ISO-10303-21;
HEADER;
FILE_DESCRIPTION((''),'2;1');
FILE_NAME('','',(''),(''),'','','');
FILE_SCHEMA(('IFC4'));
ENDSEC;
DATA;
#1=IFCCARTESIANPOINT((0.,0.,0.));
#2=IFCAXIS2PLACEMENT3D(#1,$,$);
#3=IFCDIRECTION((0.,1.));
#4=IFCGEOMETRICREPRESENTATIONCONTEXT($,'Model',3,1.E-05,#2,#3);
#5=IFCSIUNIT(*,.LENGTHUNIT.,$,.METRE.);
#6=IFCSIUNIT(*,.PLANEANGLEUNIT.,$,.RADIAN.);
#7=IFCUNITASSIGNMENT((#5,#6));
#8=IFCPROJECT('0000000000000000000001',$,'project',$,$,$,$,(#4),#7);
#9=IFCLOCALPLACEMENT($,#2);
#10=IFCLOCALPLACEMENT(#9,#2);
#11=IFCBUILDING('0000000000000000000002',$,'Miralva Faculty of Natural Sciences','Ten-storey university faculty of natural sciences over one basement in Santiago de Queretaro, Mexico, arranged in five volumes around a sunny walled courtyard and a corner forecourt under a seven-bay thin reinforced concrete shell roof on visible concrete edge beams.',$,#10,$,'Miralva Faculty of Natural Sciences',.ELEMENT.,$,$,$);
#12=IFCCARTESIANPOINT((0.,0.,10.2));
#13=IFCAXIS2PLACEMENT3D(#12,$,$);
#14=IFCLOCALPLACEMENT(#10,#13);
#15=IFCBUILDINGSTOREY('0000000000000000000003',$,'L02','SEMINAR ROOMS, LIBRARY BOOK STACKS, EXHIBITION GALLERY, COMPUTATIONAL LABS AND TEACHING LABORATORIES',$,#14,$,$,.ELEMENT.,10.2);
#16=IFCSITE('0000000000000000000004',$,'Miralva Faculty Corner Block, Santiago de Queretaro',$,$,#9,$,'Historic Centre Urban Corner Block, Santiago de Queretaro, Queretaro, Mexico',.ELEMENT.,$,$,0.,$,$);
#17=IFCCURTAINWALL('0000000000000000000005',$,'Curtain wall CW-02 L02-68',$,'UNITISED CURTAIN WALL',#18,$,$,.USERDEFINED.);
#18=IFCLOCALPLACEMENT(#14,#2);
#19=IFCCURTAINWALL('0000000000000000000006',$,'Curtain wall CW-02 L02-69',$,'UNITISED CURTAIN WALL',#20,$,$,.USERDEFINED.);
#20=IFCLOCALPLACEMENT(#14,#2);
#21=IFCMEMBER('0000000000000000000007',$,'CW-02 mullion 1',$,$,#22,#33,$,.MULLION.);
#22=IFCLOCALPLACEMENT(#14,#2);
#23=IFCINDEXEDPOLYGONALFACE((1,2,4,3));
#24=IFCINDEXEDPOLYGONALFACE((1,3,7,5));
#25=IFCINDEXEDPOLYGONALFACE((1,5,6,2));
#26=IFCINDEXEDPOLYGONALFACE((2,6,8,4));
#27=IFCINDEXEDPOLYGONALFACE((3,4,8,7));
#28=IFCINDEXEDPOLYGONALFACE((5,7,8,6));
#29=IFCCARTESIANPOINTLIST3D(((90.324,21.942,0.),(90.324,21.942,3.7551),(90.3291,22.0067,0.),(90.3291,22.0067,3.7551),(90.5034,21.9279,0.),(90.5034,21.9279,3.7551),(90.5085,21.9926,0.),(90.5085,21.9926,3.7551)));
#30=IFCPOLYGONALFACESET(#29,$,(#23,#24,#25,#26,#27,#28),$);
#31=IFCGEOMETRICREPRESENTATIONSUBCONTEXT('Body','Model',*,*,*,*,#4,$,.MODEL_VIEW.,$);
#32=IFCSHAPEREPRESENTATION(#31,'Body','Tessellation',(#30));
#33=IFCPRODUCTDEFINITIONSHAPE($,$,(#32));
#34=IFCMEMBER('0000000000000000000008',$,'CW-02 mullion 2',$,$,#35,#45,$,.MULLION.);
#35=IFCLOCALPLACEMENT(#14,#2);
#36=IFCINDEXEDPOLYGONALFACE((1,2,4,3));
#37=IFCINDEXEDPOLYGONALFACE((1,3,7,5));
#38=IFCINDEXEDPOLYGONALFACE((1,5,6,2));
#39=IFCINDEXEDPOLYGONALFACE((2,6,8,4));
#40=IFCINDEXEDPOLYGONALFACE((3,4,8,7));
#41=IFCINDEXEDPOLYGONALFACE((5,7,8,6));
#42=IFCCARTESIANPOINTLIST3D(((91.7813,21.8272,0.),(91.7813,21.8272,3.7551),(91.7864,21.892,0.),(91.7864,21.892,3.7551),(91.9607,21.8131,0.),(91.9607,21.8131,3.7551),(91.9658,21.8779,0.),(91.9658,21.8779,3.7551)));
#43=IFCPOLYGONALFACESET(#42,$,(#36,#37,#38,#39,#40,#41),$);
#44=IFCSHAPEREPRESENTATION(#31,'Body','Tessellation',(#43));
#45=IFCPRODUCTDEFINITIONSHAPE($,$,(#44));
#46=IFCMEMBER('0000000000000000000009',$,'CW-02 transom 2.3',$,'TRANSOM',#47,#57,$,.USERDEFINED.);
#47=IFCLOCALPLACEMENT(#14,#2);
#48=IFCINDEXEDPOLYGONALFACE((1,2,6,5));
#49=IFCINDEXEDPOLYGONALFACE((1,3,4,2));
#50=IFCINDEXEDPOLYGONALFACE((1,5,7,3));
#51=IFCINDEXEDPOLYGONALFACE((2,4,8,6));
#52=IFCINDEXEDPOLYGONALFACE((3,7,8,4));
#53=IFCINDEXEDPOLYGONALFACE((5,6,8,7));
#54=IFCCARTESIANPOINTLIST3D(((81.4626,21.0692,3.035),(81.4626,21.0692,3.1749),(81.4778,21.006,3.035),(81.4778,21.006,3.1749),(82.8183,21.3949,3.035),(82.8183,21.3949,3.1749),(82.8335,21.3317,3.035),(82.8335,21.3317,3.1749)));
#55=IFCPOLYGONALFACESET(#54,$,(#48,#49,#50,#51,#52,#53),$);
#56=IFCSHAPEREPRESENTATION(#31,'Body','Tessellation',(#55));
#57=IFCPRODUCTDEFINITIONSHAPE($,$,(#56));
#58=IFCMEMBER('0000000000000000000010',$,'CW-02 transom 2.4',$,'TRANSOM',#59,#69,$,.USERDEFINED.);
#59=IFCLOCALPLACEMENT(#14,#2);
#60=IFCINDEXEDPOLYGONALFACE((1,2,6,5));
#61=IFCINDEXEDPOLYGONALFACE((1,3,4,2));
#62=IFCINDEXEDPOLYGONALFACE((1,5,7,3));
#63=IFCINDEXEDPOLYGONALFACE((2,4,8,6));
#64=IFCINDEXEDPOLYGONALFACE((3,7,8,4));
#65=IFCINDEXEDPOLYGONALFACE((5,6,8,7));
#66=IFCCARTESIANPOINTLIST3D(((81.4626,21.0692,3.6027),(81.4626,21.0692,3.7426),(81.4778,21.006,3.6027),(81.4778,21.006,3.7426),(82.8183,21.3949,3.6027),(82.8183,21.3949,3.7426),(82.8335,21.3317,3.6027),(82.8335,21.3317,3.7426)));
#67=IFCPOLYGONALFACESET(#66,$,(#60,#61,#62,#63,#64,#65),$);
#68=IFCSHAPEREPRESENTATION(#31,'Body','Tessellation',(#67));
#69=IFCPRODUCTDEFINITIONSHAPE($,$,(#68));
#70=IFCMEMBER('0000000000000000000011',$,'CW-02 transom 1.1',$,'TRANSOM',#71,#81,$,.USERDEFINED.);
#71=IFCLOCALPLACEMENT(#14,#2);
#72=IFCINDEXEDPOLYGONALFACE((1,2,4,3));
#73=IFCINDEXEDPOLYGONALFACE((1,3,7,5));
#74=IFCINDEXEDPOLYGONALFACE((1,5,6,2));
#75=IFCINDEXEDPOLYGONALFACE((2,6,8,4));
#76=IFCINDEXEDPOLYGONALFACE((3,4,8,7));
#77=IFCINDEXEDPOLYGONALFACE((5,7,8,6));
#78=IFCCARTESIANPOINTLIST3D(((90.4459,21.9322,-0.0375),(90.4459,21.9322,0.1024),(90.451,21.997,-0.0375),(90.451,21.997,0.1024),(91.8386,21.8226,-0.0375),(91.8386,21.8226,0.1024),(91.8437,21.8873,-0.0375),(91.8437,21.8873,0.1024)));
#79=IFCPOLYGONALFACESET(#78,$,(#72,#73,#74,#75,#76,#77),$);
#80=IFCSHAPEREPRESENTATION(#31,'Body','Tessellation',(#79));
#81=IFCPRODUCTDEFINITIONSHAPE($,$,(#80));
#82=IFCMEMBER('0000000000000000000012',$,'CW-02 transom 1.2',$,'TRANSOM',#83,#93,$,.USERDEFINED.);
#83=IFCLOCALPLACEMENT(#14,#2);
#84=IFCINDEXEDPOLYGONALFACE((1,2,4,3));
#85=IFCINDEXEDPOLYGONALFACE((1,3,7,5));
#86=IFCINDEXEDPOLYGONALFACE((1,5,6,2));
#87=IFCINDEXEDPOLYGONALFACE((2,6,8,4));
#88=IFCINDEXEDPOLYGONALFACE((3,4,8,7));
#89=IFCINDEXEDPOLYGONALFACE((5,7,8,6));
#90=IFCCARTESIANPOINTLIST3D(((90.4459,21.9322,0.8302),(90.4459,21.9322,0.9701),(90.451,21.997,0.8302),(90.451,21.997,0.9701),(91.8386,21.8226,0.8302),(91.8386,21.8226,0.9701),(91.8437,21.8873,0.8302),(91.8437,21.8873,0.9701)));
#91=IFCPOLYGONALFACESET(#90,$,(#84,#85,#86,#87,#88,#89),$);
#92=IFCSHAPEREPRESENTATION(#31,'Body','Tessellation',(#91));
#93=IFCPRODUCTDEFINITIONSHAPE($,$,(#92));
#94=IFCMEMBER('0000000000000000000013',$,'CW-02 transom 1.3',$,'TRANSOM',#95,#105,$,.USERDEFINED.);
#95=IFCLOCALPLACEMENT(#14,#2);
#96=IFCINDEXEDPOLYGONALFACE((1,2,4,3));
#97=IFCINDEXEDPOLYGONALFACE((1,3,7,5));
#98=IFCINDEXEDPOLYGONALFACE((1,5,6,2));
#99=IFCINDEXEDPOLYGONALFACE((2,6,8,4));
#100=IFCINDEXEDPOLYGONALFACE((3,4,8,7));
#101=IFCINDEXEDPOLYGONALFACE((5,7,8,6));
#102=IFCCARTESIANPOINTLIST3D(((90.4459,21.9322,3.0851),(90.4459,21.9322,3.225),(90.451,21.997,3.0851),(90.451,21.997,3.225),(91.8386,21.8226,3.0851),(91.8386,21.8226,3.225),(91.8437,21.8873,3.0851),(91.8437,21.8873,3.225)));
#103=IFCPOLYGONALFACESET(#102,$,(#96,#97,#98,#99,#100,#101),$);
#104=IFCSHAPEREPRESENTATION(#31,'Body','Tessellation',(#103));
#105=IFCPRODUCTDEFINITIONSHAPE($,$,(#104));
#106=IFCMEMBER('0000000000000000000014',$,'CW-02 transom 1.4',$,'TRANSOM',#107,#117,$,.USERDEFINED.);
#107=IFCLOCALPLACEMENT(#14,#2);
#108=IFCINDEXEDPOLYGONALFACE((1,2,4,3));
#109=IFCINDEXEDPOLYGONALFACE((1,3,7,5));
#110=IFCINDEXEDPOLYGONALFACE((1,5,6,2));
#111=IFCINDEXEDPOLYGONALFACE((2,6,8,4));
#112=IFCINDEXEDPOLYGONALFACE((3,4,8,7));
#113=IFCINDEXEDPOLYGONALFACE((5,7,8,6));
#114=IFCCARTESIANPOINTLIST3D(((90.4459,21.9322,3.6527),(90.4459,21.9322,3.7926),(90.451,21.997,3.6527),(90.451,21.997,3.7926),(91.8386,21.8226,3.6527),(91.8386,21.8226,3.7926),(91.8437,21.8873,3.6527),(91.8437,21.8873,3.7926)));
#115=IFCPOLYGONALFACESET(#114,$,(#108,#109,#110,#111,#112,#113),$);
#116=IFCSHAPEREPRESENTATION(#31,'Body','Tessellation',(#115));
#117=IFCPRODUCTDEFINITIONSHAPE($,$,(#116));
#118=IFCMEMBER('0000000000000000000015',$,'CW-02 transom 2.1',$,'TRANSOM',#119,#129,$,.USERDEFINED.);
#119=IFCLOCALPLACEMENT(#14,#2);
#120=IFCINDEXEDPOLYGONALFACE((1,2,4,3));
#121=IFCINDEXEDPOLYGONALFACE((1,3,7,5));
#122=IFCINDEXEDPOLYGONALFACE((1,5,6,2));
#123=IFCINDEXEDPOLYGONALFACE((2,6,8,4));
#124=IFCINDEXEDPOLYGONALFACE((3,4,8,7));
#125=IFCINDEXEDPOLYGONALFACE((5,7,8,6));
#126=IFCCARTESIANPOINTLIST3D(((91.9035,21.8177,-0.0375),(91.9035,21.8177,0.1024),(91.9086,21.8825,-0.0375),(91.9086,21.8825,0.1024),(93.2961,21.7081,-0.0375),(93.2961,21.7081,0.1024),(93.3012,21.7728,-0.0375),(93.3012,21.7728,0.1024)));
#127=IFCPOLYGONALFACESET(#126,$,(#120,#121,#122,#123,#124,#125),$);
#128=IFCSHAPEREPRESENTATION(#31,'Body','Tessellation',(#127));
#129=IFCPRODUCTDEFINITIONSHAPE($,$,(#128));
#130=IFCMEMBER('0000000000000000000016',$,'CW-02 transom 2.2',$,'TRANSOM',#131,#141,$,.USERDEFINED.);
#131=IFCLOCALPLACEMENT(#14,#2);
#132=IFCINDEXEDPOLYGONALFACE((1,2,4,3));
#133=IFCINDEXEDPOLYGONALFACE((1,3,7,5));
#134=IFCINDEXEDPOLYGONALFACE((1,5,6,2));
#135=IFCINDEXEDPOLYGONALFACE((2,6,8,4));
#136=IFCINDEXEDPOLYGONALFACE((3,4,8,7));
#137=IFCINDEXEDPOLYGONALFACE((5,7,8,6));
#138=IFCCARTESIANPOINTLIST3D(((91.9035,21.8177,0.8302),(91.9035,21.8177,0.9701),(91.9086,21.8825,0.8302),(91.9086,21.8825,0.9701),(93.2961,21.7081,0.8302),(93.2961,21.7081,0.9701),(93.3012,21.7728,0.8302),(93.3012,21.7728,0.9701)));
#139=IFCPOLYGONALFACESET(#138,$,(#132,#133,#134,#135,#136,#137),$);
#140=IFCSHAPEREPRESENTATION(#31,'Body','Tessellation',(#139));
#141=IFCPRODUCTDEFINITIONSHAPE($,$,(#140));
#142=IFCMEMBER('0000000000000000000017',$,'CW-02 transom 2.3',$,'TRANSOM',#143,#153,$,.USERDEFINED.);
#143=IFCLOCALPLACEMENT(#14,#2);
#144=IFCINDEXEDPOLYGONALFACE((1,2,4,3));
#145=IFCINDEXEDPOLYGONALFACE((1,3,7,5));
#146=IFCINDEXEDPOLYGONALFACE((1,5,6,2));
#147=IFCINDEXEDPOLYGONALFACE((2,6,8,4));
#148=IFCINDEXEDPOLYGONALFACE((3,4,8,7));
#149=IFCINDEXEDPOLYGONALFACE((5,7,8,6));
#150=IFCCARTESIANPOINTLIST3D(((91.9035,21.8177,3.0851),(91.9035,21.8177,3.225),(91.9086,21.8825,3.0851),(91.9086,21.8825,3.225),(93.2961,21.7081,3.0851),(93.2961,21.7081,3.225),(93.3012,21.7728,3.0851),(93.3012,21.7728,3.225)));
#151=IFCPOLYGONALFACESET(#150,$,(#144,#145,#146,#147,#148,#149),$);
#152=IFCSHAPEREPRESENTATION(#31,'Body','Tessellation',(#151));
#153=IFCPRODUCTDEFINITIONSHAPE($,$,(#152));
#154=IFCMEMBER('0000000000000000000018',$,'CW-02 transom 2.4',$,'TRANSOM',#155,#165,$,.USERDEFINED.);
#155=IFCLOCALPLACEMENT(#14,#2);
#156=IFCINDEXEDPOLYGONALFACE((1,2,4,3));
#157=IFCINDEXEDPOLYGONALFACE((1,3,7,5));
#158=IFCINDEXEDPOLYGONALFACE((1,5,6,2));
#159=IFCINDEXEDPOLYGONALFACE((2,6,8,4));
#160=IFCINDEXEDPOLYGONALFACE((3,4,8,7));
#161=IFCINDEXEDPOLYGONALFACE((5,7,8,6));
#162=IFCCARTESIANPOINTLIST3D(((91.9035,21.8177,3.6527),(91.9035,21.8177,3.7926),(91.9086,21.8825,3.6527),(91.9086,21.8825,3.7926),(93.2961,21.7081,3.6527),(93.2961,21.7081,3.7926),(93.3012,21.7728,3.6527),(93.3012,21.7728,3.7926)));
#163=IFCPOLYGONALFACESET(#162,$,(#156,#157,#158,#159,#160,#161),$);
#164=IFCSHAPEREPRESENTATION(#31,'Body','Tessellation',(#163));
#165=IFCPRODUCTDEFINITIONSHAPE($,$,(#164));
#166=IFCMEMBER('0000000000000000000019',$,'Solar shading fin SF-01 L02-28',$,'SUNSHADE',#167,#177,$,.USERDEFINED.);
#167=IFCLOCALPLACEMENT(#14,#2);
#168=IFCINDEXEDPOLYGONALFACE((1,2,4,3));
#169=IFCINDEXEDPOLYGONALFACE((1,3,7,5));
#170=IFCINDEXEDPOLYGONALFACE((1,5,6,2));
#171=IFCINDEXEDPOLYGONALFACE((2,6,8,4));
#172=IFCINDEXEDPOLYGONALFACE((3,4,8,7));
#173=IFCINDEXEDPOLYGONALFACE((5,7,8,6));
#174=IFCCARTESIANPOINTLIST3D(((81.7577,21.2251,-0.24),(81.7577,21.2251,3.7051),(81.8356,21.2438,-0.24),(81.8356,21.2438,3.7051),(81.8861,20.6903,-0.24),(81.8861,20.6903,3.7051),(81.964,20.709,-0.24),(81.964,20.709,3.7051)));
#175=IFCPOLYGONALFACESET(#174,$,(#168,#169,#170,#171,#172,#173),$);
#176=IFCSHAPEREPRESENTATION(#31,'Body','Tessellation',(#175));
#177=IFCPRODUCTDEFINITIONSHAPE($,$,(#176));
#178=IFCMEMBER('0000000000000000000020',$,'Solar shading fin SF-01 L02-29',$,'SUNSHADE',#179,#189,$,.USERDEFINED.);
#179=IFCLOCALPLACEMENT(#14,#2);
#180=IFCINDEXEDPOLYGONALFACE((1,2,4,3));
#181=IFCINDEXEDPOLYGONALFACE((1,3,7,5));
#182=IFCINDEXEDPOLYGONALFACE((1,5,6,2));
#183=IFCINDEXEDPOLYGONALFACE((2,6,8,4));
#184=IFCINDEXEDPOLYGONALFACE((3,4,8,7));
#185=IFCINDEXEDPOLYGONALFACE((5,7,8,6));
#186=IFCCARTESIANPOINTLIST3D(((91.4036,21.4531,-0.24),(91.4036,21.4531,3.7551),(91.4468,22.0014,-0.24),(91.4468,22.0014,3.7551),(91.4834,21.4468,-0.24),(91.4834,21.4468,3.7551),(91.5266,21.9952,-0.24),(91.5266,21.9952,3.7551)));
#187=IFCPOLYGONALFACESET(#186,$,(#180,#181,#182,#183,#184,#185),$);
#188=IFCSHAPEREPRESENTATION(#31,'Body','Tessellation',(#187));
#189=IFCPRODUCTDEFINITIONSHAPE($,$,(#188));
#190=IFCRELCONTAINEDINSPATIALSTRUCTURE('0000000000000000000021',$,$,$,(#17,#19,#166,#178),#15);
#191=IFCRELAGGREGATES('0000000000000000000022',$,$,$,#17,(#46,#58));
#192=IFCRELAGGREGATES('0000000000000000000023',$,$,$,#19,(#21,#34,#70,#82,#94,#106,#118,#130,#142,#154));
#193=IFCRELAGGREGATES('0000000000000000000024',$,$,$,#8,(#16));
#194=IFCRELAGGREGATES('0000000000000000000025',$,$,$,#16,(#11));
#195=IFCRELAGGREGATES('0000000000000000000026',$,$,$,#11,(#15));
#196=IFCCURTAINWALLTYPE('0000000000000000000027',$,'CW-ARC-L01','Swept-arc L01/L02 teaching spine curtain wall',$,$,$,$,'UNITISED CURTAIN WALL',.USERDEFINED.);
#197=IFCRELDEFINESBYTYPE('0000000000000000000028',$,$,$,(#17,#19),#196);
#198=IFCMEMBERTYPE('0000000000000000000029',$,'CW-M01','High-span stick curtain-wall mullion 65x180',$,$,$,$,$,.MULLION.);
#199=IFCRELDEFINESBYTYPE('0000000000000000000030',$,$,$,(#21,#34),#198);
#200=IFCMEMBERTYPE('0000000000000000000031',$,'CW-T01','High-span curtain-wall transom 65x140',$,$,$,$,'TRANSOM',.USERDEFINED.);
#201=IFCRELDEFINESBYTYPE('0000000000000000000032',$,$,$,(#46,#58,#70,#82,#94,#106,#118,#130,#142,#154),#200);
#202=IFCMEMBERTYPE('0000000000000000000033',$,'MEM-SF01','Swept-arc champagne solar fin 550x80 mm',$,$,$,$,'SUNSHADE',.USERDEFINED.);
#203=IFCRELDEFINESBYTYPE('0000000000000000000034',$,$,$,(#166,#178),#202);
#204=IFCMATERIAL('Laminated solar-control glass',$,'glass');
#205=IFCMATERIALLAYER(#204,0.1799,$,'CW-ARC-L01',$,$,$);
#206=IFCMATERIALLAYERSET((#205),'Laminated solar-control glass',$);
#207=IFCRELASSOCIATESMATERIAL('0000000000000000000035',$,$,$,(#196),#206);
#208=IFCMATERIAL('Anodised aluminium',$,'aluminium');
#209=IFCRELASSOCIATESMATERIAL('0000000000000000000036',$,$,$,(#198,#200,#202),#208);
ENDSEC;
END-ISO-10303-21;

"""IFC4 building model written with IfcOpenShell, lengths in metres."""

from ifc_helpers import new_model, si_unit, direction, frame, origin, origin_2d, place, context, subcontext, project, spatial, rectangle, extrude, material, layer, layer_set, material_profile, profile_set, type_object, element, aggregate, save


model = new_model("IFC4")

# Units and contexts
model_context = context("Model", 3, precision=1e-05, world=origin(), true_north=direction((0.0, 1.0)))
body_context = subcontext(model_context, "Body", "Model", "MODEL_VIEW")
ifc_project = project(units=[si_unit("LENGTHUNIT", "METRE"), si_unit("PLANEANGLEUNIT", "RADIAN")], contexts=[model_context])

# Site, building, storey
site_placement = place(None, origin())
site = spatial("IfcSite", under=ifc_project, at=site_placement, Name="Miralva Faculty Corner Block, Santiago de Queretaro", LongName="Historic Centre Urban Corner Block, Santiago de Queretaro, Queretaro, Mexico", CompositionType="ELEMENT", RefElevation=0.0)
building_placement = place(site_placement, origin())
building = spatial("IfcBuilding", under=site, at=building_placement, Name="Miralva Faculty of Natural Sciences", Description="Ten-storey university faculty of natural sciences over one basement in Santiago de Queretaro, Mexico, arranged in five volumes around a sunny walled courtyard and a corner forecourt under a seven-bay thin reinforced concrete shell roof on visible concrete edge beams.", LongName="Miralva Faculty of Natural Sciences", CompositionType="ELEMENT")
storey_placement = place(building_placement, frame((0.0, 0.0, 10.2)))
storey = spatial("IfcBuildingStorey", under=building, at=storey_placement, Name="L02", Description="SEMINAR ROOMS, LIBRARY BOOK STACKS, EXHIBITION GALLERY, COMPUTATIONAL LABS AND TEACHING LABORATORIES", CompositionType="ELEMENT", Elevation=10.2)

# Curtain wall
ifc_material_1 = material(Name="Laminated solar-control glass", Category="glass")
ifc_layer_1 = layer(ifc_material_1, 0.1799, Name="CW-ARC-L01")
ifc_layer_set_1 = layer_set([ifc_layer_1], Name="Laminated solar-control glass")
curtain_wall_type = type_object("IfcCurtainWallType", Name="CW-ARC-L01", Description="Swept-arc L01/L02 teaching spine curtain wall", ElementType="UNITISED CURTAIN WALL", PredefinedType="USERDEFINED", material=ifc_layer_set_1)
curtain_wall_1_placement = place(storey_placement, origin())
curtain_wall_1 = element("IfcCurtainWall", 1, at=curtain_wall_1_placement, inside=storey, type_object=curtain_wall_type, Name="Curtain wall CW-02 L02-68", ObjectType="UNITISED CURTAIN WALL", PredefinedType="USERDEFINED")
ifc_material_2 = material(Name="Anodised aluminium", Category="aluminium")
ifc_material_profile_1 = material_profile(ifc_material_2, rectangle(XDim=0.0649, YDim=0.1799, at=origin_2d()), Name="MULLION 65x180")
ifc_profile_set_1 = profile_set([ifc_material_profile_1], Name="Anodised aluminium")
member_type_1 = type_object("IfcMemberType", Name="CW-M01", Description="High-span stick curtain-wall mullion 65x180", PredefinedType="MULLION", material=ifc_profile_set_1)

# Curtain wall, members
curtain_wall_2_placement = place(storey_placement, origin())
curtain_wall_2 = element("IfcCurtainWall", 2, at=curtain_wall_2_placement, inside=storey, type_object=curtain_wall_type, Name="Curtain wall CW-02 L02-69", ObjectType="UNITISED CURTAIN WALL", PredefinedType="USERDEFINED")
member_1_placement = place(storey_placement, frame((90.4163, 21.9673, 0.0), z_axis=(0.0, 0.0, 1.0), x_axis=(0.078462, 0.996917, 0.0)))
member_1 = element("IfcMember", 3, at=member_1_placement, type_object=member_type_1, Name="CW-02 mullion 1", PredefinedType="MULLION", context=body_context, shape_type="SweptSolid", body=[
    extrude(rectangle(XDim=0.0649, YDim=0.1799, at=origin_2d()), origin(), (0.0, 0.0, 1.0), 3.7551),
])
member_2_placement = place(storey_placement, frame((91.8735, 21.8525, 0.0), z_axis=(0.0, 0.0, 1.0), x_axis=(0.078462, 0.996917, 0.0)))
member_2 = element("IfcMember", 4, at=member_2_placement, type_object=member_type_1, Name="CW-02 mullion 2", PredefinedType="MULLION", context=body_context, shape_type="SweptSolid", body=[
    extrude(rectangle(XDim=0.0649, YDim=0.1799, at=origin_2d()), origin(), (0.0, 0.0, 1.0), 3.7551),
])

# Members
ifc_material_profile_2 = material_profile(ifc_material_2, rectangle(XDim=0.0649, YDim=0.1399, at=origin_2d()), Name="TRANSOM 65x140")
ifc_profile_set_2 = profile_set([ifc_material_profile_2], Name="Anodised aluminium")
member_type_2 = type_object("IfcMemberType", Name="CW-T01", Description="High-span curtain-wall transom 65x140", ElementType="TRANSOM", PredefinedType="USERDEFINED", material=ifc_profile_set_2)
member_3_placement = place(storey_placement, frame((81.4702, 21.0376, 3.105), z_axis=(0.972336, 0.233585, 0.0), x_axis=(-0.233585, 0.972336, 0.0)))
member_3 = element("IfcMember", 5, at=member_3_placement, type_object=member_type_2, Name="CW-02 transom 2.3", ObjectType="TRANSOM", PredefinedType="USERDEFINED", context=body_context, shape_type="SweptSolid", body=[
    extrude(rectangle(XDim=0.0649, YDim=0.1399, at=origin_2d()), origin(), (0.0, 0.0, 1.0), 1.3943),
])
member_4_placement = place(storey_placement, frame((81.4702, 21.0376, 3.6726), z_axis=(0.972336, 0.233585, 0.0), x_axis=(-0.233585, 0.972336, 0.0)))
member_4 = element("IfcMember", 6, at=member_4_placement, type_object=member_type_2, Name="CW-02 transom 2.4", ObjectType="TRANSOM", PredefinedType="USERDEFINED", context=body_context, shape_type="SweptSolid", body=[
    extrude(rectangle(XDim=0.0649, YDim=0.1399, at=origin_2d()), origin(), (0.0, 0.0, 1.0), 1.3943),
])
member_5_placement = place(storey_placement, frame((90.4485, 21.9646, 0.0325), z_axis=(0.996916, -0.078474, 0.0), x_axis=(0.078474, 0.996916, 0.0)))
member_5 = element("IfcMember", 7, at=member_5_placement, type_object=member_type_2, Name="CW-02 transom 1.1", ObjectType="TRANSOM", PredefinedType="USERDEFINED", context=body_context, shape_type="SweptSolid", body=[
    extrude(rectangle(XDim=0.0649, YDim=0.1399, at=origin_2d()), origin(), (0.0, 0.0, 1.0), 1.397),
])
member_6_placement = place(storey_placement, frame((90.4485, 21.9646, 0.9001), z_axis=(0.996916, -0.078474, 0.0), x_axis=(0.078474, 0.996916, 0.0)))
member_6 = element("IfcMember", 8, at=member_6_placement, type_object=member_type_2, Name="CW-02 transom 1.2", ObjectType="TRANSOM", PredefinedType="USERDEFINED", context=body_context, shape_type="SweptSolid", body=[
    extrude(rectangle(XDim=0.0649, YDim=0.1399, at=origin_2d()), origin(), (0.0, 0.0, 1.0), 1.397),
])
member_7_placement = place(storey_placement, frame((90.4485, 21.9646, 3.155), z_axis=(0.996916, -0.078474, 0.0), x_axis=(0.078474, 0.996916, 0.0)))
member_7 = element("IfcMember", 9, at=member_7_placement, type_object=member_type_2, Name="CW-02 transom 1.3", ObjectType="TRANSOM", PredefinedType="USERDEFINED", context=body_context, shape_type="SweptSolid", body=[
    extrude(rectangle(XDim=0.0649, YDim=0.1399, at=origin_2d()), origin(), (0.0, 0.0, 1.0), 1.397),
])
member_8_placement = place(storey_placement, frame((90.4485, 21.9646, 3.7227), z_axis=(0.996916, -0.078474, 0.0), x_axis=(0.078474, 0.996916, 0.0)))
member_8 = element("IfcMember", 10, at=member_8_placement, type_object=member_type_2, Name="CW-02 transom 1.4", ObjectType="TRANSOM", PredefinedType="USERDEFINED", context=body_context, shape_type="SweptSolid", body=[
    extrude(rectangle(XDim=0.0649, YDim=0.1399, at=origin_2d()), origin(), (0.0, 0.0, 1.0), 1.397),
])
member_9_placement = place(storey_placement, frame((91.906, 21.8501, 0.0325), z_axis=(0.996916, -0.078474, 0.0), x_axis=(0.078474, 0.996916, 0.0)))
member_9 = element("IfcMember", 11, at=member_9_placement, type_object=member_type_2, Name="CW-02 transom 2.1", ObjectType="TRANSOM", PredefinedType="USERDEFINED", context=body_context, shape_type="SweptSolid", body=[
    extrude(rectangle(XDim=0.0649, YDim=0.1399, at=origin_2d()), origin(), (0.0, 0.0, 1.0), 1.397),
])
member_10_placement = place(storey_placement, frame((91.906, 21.8501, 0.9001), z_axis=(0.996916, -0.078474, 0.0), x_axis=(0.078474, 0.996916, 0.0)))
member_10 = element("IfcMember", 12, at=member_10_placement, type_object=member_type_2, Name="CW-02 transom 2.2", ObjectType="TRANSOM", PredefinedType="USERDEFINED", context=body_context, shape_type="SweptSolid", body=[
    extrude(rectangle(XDim=0.0649, YDim=0.1399, at=origin_2d()), origin(), (0.0, 0.0, 1.0), 1.397),
])
member_11_placement = place(storey_placement, frame((91.906, 21.8501, 3.155), z_axis=(0.996916, -0.078474, 0.0), x_axis=(0.078474, 0.996916, 0.0)))
member_11 = element("IfcMember", 13, at=member_11_placement, type_object=member_type_2, Name="CW-02 transom 2.3", ObjectType="TRANSOM", PredefinedType="USERDEFINED", context=body_context, shape_type="SweptSolid", body=[
    extrude(rectangle(XDim=0.0649, YDim=0.1399, at=origin_2d()), origin(), (0.0, 0.0, 1.0), 1.397),
])
member_12_placement = place(storey_placement, frame((91.906, 21.8501, 3.7227), z_axis=(0.996916, -0.078474, 0.0), x_axis=(0.078474, 0.996916, 0.0)))
member_12 = element("IfcMember", 14, at=member_12_placement, type_object=member_type_2, Name="CW-02 transom 2.4", ObjectType="TRANSOM", PredefinedType="USERDEFINED", context=body_context, shape_type="SweptSolid", body=[
    extrude(rectangle(XDim=0.0649, YDim=0.1399, at=origin_2d()), origin(), (0.0, 0.0, 1.0), 1.397),
])

# Members
ifc_material_profile_3 = material_profile(ifc_material_2, rectangle(XDim=0.0801, YDim=0.55, at=origin_2d()), Name="FIN 550x80")
ifc_profile_set_3 = profile_set([ifc_material_profile_3], Name="Anodised aluminium")
member_type_3 = type_object("IfcMemberType", Name="MEM-SF01", Description="Swept-arc champagne solar fin 550x80 mm", ElementType="SUNSHADE", PredefinedType="USERDEFINED", material=ifc_profile_set_3)
member_13_placement = place(storey_placement, frame((81.8608, 20.967, -0.24), z_axis=(0.0, 0.0, 1.0), x_axis=(0.97237, 0.233445, 0.0)))
element("IfcMember", 15, at=member_13_placement, inside=storey, type_object=member_type_3, Name="Solar shading fin SF-01 L02-28", ObjectType="SUNSHADE", PredefinedType="USERDEFINED", context=body_context, shape_type="SweptSolid", body=[
    extrude(rectangle(XDim=0.0801, YDim=0.55, at=origin_2d()), origin(), (0.0, 0.0, 1.0), 3.9451),
])
for number, where, z_axis, x_axis, name in (
    (16, (91.4651, 21.7241, -0.24), (0.0, 0.0, 1.0), (0.996917, -0.078459, 0.0), "Solar shading fin SF-01 L02-29"),
):
    element("IfcMember", number, at=place(storey_placement, frame(where, z_axis=z_axis, x_axis=x_axis)), inside=storey, type_object=member_type_3, Name=name, ObjectType="SUNSHADE", PredefinedType="USERDEFINED", context=body_context, shape_type="SweptSolid", body=[
        extrude(rectangle(XDim=0.0801, YDim=0.55, at=origin_2d()), origin(), (0.0, 0.0, 1.0), 3.9951),
    ])

aggregate(curtain_wall_1, [member_3, member_4])
aggregate(curtain_wall_2, [member_1, member_2, member_5, member_6, member_7, member_8, member_9, member_10, member_11, member_12])

save(model, "model.ifc")
